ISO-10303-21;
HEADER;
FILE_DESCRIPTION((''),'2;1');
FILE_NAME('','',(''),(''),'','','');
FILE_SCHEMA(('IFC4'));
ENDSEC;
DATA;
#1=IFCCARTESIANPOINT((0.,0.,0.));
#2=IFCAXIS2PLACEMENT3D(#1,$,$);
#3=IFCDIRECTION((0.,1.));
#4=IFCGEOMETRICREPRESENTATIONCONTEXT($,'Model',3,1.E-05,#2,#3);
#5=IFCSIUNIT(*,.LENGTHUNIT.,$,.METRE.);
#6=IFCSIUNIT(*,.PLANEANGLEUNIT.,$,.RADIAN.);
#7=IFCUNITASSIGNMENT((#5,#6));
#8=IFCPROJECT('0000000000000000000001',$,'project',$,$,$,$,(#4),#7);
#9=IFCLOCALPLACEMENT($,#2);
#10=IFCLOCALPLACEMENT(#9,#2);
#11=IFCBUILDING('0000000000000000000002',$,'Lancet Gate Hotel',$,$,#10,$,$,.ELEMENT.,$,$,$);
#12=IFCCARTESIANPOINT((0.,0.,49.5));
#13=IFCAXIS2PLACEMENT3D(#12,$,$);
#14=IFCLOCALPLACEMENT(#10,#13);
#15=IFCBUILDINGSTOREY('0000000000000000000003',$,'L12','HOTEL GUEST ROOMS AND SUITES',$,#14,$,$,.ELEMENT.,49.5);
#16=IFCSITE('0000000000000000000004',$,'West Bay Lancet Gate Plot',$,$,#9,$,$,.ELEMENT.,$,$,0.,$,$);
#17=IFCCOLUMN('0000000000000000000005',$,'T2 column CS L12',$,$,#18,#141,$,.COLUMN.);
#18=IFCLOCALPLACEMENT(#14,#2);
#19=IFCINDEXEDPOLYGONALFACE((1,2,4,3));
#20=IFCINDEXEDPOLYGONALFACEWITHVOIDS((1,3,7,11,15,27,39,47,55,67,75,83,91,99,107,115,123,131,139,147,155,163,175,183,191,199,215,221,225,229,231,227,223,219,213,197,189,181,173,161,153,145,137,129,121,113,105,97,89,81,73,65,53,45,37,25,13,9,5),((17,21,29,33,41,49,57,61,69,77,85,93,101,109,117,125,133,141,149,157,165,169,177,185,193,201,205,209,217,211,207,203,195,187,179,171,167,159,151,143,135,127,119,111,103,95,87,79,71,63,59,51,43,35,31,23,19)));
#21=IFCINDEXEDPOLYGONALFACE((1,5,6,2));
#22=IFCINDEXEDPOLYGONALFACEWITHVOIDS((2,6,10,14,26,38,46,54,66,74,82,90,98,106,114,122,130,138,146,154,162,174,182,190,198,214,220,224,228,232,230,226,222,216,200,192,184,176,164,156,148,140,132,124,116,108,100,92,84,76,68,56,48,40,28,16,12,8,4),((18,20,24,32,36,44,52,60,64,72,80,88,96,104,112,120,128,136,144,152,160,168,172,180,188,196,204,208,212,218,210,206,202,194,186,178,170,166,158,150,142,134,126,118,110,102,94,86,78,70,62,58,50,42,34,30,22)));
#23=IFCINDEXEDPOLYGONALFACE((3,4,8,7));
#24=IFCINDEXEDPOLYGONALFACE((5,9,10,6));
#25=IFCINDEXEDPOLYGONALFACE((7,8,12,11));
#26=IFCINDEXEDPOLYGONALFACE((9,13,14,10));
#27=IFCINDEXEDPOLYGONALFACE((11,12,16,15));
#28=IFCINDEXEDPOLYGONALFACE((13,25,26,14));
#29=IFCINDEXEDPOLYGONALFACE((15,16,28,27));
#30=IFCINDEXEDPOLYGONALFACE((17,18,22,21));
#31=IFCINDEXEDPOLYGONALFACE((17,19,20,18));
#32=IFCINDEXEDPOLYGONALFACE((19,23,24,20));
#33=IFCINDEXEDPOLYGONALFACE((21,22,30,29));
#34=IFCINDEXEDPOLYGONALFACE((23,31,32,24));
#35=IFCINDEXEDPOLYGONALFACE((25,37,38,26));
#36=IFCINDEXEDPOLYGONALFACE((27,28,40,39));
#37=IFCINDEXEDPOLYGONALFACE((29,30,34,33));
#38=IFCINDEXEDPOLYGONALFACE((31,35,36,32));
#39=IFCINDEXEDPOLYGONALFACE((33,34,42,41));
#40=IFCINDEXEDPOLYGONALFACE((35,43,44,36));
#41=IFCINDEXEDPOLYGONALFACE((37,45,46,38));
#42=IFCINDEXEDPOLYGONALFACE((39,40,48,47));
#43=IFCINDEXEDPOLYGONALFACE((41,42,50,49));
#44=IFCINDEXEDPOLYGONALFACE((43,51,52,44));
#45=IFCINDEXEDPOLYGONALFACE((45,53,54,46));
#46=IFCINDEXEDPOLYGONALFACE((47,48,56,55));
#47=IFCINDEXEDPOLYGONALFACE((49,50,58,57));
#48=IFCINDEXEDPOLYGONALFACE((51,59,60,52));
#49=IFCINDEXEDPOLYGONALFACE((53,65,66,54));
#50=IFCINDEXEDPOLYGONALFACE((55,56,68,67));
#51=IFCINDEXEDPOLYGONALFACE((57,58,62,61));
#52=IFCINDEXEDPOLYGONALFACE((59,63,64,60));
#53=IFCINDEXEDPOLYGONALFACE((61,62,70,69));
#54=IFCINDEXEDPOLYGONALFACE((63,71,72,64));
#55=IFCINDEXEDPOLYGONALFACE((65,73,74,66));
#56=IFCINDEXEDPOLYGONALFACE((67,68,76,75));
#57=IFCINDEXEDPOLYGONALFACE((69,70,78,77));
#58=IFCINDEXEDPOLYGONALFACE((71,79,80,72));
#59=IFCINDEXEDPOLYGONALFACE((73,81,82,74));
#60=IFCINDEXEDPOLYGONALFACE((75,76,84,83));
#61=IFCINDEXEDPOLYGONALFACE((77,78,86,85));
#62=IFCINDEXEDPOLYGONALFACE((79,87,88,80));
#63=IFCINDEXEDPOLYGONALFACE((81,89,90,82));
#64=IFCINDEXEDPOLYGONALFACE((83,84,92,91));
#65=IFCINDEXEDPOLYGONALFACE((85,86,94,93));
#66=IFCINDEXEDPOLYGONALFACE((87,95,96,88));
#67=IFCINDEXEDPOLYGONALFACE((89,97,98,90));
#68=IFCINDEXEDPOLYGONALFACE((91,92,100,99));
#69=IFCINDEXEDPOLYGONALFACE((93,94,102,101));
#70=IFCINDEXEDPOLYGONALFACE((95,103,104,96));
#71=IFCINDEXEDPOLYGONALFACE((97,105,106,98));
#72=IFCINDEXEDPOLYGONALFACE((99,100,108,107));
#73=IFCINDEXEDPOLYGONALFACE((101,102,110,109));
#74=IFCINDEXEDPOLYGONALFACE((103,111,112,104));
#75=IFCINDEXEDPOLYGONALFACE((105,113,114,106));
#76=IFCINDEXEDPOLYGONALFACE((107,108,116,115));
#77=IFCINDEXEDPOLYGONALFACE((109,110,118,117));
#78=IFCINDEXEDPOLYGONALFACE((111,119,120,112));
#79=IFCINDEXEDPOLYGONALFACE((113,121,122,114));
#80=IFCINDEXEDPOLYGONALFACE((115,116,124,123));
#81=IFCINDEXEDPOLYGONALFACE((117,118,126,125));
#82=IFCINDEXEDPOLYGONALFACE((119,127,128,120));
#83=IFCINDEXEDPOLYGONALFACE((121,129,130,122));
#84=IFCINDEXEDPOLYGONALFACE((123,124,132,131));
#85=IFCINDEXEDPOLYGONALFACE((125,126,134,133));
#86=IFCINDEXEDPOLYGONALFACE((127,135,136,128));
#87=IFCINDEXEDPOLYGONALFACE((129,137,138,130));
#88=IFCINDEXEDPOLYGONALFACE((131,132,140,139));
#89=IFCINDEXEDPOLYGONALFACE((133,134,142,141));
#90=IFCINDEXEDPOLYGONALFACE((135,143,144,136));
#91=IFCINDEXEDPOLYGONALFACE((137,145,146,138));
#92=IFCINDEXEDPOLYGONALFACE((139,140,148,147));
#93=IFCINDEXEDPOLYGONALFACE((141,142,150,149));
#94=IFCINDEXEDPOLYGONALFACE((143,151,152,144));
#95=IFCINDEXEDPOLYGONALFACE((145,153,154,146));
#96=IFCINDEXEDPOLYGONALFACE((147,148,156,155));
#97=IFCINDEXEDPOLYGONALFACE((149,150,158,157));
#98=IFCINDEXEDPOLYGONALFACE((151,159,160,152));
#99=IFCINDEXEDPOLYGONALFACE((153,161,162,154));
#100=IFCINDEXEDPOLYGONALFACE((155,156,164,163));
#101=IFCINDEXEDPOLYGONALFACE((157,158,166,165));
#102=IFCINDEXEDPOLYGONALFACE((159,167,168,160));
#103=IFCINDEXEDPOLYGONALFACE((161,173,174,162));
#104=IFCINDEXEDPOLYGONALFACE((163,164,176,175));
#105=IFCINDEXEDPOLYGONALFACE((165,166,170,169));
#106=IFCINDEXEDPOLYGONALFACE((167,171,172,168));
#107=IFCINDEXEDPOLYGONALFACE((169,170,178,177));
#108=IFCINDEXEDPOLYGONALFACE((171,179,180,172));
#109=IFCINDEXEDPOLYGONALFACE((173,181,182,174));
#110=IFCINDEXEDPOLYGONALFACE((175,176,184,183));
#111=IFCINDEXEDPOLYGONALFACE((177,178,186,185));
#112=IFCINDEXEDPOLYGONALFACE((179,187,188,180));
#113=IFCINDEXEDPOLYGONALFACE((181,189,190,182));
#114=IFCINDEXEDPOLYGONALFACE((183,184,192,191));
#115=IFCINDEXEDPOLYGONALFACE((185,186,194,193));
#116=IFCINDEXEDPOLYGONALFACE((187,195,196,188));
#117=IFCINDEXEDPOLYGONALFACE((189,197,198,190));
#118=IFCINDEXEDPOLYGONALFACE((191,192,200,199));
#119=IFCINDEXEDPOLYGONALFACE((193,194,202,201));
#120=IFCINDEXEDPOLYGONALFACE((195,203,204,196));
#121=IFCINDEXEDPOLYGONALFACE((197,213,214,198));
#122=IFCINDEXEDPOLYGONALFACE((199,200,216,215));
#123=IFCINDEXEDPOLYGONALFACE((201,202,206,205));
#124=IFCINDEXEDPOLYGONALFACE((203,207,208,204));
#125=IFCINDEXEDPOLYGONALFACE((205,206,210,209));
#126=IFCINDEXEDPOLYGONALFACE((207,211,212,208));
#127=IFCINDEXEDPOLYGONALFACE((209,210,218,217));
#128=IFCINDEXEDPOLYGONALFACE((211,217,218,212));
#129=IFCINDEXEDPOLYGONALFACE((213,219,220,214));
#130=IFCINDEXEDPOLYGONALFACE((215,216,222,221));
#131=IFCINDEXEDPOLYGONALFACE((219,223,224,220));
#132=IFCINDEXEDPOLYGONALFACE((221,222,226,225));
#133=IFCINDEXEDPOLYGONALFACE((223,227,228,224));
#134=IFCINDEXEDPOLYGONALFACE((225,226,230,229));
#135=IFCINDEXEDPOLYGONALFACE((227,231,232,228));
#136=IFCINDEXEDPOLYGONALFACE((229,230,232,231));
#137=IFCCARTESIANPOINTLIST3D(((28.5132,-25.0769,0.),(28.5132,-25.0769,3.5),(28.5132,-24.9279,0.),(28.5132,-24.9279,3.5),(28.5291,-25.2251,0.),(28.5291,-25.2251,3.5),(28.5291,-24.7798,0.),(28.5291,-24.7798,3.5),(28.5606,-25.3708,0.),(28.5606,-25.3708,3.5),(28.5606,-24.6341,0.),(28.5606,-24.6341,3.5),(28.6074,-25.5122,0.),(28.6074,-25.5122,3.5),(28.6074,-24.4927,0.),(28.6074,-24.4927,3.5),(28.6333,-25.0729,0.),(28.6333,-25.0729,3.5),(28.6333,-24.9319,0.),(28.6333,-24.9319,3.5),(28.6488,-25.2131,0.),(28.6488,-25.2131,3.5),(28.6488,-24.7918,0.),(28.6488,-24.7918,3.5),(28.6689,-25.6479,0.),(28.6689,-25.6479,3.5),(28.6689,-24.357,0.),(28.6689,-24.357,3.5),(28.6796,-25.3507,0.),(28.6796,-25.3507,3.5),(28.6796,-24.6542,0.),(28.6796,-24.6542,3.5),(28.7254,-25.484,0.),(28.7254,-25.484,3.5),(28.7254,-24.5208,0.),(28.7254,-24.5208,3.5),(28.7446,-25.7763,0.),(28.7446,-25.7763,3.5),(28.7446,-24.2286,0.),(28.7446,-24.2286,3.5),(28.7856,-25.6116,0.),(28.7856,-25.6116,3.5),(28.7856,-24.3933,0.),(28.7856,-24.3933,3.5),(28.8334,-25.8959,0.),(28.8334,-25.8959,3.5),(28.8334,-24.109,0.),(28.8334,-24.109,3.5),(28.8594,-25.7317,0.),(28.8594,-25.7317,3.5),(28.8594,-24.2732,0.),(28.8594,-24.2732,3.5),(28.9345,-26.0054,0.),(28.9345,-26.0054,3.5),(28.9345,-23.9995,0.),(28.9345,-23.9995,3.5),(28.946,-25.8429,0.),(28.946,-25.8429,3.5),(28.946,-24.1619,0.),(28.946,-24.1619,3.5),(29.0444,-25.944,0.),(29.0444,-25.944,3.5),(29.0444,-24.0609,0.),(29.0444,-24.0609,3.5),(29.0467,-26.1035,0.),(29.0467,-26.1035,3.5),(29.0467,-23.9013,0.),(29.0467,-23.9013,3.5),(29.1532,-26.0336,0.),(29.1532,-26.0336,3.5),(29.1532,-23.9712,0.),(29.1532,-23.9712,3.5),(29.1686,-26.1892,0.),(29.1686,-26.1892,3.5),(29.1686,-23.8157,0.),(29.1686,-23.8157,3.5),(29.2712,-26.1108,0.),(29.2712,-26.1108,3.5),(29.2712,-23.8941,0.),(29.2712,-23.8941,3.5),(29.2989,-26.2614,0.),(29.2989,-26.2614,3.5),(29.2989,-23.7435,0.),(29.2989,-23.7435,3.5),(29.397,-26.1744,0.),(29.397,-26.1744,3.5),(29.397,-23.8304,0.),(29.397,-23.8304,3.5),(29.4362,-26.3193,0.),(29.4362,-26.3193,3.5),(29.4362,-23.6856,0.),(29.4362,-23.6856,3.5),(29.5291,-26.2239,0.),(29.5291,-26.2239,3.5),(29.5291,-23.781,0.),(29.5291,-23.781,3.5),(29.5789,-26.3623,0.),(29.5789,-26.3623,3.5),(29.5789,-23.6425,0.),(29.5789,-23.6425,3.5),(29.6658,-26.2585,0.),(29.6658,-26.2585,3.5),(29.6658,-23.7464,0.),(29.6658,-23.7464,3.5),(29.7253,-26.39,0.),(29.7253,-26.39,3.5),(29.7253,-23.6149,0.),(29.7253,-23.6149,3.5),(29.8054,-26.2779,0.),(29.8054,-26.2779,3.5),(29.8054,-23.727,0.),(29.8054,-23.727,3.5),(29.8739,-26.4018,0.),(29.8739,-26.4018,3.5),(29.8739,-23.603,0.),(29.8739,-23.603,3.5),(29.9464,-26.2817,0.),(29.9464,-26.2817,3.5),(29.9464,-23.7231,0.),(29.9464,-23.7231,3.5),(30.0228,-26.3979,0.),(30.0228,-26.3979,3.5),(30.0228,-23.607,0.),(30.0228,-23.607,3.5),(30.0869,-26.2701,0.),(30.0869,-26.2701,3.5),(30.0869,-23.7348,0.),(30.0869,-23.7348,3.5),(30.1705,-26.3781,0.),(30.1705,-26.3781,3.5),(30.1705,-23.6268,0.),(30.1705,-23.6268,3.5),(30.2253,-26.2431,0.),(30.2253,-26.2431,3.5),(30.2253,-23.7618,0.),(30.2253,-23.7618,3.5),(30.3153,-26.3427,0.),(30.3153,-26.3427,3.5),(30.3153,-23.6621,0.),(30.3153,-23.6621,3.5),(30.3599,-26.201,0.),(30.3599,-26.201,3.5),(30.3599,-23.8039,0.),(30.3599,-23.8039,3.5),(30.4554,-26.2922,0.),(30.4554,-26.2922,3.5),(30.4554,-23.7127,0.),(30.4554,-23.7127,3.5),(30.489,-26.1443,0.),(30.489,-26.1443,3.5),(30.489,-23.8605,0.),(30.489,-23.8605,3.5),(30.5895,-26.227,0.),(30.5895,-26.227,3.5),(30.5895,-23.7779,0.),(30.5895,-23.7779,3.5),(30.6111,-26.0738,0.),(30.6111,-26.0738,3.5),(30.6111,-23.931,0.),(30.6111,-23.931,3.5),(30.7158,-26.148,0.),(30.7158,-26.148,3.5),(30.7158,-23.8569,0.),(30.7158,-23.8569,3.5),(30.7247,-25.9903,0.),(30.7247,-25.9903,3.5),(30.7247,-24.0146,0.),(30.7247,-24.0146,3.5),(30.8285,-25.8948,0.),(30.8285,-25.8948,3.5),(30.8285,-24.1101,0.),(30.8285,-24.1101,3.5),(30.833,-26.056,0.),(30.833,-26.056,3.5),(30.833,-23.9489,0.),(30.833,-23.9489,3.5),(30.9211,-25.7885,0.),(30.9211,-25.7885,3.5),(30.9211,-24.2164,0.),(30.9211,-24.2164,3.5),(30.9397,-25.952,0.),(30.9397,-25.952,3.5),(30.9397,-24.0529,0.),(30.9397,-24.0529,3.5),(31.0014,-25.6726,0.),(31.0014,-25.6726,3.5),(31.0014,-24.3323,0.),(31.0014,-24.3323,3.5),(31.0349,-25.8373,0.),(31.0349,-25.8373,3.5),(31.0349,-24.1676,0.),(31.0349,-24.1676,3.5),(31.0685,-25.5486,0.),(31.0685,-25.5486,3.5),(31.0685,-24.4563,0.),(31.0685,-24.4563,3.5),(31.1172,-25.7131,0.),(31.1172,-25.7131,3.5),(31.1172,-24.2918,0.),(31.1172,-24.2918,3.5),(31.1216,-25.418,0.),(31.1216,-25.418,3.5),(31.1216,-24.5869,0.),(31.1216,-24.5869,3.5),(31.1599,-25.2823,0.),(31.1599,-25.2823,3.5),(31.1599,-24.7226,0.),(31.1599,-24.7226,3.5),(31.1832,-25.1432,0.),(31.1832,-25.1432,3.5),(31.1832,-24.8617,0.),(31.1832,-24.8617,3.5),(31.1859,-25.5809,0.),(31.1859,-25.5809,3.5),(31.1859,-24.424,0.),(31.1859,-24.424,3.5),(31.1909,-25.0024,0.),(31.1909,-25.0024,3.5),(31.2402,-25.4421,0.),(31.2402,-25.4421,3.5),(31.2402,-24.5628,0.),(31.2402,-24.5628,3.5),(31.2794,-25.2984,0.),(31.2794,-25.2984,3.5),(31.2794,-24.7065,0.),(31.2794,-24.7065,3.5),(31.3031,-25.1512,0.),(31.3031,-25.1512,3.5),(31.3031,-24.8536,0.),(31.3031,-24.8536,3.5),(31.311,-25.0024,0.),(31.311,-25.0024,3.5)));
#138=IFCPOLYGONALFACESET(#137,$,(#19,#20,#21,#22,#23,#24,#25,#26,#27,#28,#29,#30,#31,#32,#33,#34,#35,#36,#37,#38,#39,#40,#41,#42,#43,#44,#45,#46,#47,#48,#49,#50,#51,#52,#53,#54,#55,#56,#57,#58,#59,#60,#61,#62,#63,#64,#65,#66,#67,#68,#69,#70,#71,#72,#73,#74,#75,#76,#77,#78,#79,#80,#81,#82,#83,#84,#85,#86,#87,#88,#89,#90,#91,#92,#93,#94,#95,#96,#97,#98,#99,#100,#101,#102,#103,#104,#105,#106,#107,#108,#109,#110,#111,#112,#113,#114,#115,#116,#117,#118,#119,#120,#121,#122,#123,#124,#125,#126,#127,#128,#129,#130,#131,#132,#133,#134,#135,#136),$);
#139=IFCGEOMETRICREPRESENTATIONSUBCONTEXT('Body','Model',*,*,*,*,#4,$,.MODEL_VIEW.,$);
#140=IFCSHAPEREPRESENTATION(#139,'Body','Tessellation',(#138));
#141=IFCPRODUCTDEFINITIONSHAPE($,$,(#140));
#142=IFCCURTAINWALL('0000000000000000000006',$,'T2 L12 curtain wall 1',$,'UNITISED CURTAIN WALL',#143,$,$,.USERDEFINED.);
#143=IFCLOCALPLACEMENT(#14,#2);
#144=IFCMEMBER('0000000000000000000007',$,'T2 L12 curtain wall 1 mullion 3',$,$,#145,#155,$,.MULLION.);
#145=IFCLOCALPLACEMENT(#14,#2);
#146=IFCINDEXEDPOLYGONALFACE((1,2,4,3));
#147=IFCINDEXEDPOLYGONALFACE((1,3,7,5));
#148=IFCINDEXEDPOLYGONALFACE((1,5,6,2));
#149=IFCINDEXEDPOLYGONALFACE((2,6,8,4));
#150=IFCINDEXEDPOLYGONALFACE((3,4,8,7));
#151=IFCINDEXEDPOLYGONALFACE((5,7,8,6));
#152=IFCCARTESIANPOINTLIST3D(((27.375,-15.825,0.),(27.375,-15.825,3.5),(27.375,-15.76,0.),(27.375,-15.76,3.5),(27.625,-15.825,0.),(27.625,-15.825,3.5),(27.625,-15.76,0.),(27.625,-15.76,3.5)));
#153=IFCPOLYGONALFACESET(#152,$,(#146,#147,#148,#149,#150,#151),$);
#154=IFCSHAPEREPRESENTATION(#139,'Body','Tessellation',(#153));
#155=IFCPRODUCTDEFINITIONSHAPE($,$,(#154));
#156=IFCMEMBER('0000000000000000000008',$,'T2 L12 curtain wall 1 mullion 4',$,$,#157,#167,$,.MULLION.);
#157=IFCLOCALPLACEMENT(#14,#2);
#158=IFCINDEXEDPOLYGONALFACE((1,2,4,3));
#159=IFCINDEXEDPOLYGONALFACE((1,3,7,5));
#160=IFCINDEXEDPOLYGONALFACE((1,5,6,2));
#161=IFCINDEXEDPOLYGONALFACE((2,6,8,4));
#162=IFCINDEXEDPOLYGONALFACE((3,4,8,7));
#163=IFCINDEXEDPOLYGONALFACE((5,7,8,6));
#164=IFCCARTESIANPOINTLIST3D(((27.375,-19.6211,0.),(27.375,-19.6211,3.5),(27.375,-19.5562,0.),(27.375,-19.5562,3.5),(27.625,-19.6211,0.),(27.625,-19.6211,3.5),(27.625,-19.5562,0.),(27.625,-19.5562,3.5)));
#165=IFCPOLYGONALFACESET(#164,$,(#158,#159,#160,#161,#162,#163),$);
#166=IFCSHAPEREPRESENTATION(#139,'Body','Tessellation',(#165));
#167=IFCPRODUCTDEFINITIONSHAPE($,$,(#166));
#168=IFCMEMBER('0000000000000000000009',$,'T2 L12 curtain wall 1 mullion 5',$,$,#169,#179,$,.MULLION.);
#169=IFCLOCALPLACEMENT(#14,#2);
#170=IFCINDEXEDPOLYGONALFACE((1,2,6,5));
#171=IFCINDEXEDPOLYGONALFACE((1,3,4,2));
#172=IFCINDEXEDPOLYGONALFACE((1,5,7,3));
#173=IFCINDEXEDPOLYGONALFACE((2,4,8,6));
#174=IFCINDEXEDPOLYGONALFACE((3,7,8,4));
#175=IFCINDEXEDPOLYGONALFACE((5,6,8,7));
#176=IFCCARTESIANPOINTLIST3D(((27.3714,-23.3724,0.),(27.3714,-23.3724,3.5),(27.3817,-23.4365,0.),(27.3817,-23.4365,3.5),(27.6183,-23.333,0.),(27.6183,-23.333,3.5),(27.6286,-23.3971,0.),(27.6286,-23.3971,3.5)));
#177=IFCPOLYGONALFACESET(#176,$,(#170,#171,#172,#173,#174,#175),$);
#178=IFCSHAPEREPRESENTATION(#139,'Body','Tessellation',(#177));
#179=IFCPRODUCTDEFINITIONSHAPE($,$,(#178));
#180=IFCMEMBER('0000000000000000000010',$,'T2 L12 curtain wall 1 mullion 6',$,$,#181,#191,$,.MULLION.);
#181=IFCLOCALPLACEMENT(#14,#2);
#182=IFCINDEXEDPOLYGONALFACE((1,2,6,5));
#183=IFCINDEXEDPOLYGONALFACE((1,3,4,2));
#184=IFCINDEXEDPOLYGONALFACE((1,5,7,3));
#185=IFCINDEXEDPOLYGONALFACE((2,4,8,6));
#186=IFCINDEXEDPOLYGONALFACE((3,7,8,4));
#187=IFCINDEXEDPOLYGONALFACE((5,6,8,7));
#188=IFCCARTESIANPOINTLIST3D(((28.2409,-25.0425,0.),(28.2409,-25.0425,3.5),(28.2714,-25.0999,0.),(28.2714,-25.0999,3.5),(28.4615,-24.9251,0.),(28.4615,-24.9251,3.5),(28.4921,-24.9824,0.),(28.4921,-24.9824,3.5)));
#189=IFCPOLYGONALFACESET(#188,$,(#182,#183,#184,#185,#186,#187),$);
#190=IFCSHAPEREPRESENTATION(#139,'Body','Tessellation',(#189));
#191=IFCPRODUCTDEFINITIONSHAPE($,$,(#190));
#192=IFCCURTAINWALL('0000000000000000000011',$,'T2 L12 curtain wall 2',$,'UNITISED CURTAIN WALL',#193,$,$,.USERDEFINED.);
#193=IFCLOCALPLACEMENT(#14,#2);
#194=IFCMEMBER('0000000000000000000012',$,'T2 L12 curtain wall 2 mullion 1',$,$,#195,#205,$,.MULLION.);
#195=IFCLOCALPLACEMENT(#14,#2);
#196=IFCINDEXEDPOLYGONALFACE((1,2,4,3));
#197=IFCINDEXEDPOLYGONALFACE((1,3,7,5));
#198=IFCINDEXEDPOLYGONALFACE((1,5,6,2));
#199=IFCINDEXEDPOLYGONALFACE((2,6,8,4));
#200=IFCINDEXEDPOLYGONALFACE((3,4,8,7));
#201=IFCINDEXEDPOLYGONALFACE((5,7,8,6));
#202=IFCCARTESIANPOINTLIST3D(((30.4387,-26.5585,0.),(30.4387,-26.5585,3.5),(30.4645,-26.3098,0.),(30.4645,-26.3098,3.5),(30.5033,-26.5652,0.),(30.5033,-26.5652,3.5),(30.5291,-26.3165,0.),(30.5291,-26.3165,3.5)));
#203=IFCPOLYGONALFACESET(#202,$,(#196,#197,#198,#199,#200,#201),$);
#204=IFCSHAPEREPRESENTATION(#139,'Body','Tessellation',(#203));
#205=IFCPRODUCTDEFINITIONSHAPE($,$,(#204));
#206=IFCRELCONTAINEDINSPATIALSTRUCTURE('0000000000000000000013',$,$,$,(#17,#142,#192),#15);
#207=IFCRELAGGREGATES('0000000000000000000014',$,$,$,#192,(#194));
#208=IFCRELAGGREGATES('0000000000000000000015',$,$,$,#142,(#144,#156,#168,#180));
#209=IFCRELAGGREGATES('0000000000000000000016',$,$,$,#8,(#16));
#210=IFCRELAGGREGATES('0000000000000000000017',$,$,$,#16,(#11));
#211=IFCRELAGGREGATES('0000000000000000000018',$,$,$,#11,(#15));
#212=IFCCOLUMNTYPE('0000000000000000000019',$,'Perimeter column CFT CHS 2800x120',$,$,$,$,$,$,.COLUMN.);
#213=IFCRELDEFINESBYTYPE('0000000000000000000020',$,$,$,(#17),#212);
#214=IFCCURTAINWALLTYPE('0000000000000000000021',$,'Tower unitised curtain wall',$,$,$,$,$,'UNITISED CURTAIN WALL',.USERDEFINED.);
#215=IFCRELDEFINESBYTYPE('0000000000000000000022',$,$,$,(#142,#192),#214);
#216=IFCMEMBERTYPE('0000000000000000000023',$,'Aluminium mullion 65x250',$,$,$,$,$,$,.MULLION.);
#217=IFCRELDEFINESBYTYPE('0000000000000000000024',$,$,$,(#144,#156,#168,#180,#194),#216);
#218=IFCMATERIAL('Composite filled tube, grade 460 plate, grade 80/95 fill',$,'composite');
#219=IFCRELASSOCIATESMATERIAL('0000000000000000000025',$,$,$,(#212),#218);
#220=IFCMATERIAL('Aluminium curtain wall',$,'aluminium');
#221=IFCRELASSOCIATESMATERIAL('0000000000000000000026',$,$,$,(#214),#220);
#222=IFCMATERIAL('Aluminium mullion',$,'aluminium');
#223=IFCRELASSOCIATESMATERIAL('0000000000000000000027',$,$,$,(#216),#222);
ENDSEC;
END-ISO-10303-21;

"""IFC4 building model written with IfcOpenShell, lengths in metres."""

from ifc_helpers import new_model, si_unit, direction, frame, origin, origin_2d, place, context, subcontext, project, spatial, rectangle, hollow_circle, extrude, material, material_profile, profile_set, type_object, element, aggregate, save


model = new_model("IFC4")

# Units and contexts
model_context = context("Model", 3, precision=1e-05, world=origin(), true_north=direction((0.0, 1.0)))
body_context = subcontext(model_context, "Body", "Model", "MODEL_VIEW")
ifc_project = project(units=[si_unit("LENGTHUNIT", "METRE"), si_unit("PLANEANGLEUNIT", "RADIAN")], contexts=[model_context])

# Site, building, storey
site_placement = place(None, origin())
site = spatial("IfcSite", under=ifc_project, at=site_placement, Name="West Bay Lancet Gate Plot", CompositionType="ELEMENT", RefElevation=0.0)
building_placement = place(site_placement, origin())
building = spatial("IfcBuilding", under=site, at=building_placement, Name="Lancet Gate Hotel", CompositionType="ELEMENT")
storey_placement = place(building_placement, frame((0.0, 0.0, 49.5)))
storey = spatial("IfcBuildingStorey", under=building, at=storey_placement, Name="L12", Description="HOTEL GUEST ROOMS AND SUITES", CompositionType="ELEMENT", Elevation=49.5)

# Column
ifc_material_1 = material(Name="Composite filled tube, grade 460 plate, grade 80/95 fill", Category="composite")
ifc_material_profile_1 = material_profile(ifc_material_1, hollow_circle(Radius=1.3999, WallThickness=0.1201, at=origin_2d()), Name="CHS 2800x120")
ifc_profile_set_1 = profile_set([ifc_material_profile_1], Name="Composite filled tube, grade 460 plate, grade 80/95 fill")
column_type = type_object("IfcColumnType", Name="Perimeter column CFT CHS 2800x120", PredefinedType="COLUMN", material=ifc_profile_set_1)
column_placement = place(storey_placement, frame((29.9111, -25.0024, 0.0), z_axis=(0.0, 0.0, 1.0), x_axis=(1.0, 0.0, 0.0)))
element("IfcColumn", 1, at=column_placement, inside=storey, type_object=column_type, Name="T2 column CS L12", PredefinedType="COLUMN", context=body_context, shape_type="SweptSolid", body=[
    extrude(hollow_circle(Radius=1.3999, WallThickness=0.1201, at=origin_2d()), origin(), (0.0, 0.0, 1.0), 3.5),
])

# Curtain wall, members
ifc_material_2 = material(Name="Aluminium curtain wall", Category="aluminium")
curtain_wall_type = type_object("IfcCurtainWallType", Name="Tower unitised curtain wall", ElementType="UNITISED CURTAIN WALL", PredefinedType="USERDEFINED", material=ifc_material_2)
curtain_wall_1_placement = place(storey_placement, origin())
curtain_wall_1 = element("IfcCurtainWall", 2, at=curtain_wall_1_placement, inside=storey, type_object=curtain_wall_type, Name="T2 L12 curtain wall 1", ObjectType="UNITISED CURTAIN WALL", PredefinedType="USERDEFINED")
ifc_material_3 = material(Name="Aluminium mullion", Category="aluminium")
ifc_material_profile_2 = material_profile(ifc_material_3, rectangle(XDim=0.0649, YDim=0.25, at=origin_2d()), Name="MULLION 65x250")
ifc_profile_set_2 = profile_set([ifc_material_profile_2], Name="Aluminium mullion")
member_type_1 = type_object("IfcMemberType", Name="Aluminium mullion 65x250", PredefinedType="MULLION", material=ifc_profile_set_2)
member_1_placement = place(storey_placement, frame((27.5, -15.7925, 0.0), z_axis=(0.0, 0.0, 1.0), x_axis=(0.0, -1.0, 0.0)))
member_1 = element("IfcMember", 3, at=member_1_placement, type_object=member_type_1, Name="T2 L12 curtain wall 1 mullion 3", PredefinedType="MULLION", context=body_context, shape_type="SweptSolid", body=[
    extrude(rectangle(XDim=0.0649, YDim=0.25, at=origin_2d()), origin(), (0.0, 0.0, 1.0), 3.5),
])
member_2_placement = place(storey_placement, frame((27.5, -19.5886, 0.0), z_axis=(0.0, 0.0, 1.0), x_axis=(0.0, -1.0, 0.0)))
member_2 = element("IfcMember", 4, at=member_2_placement, type_object=member_type_1, Name="T2 L12 curtain wall 1 mullion 4", PredefinedType="MULLION", context=body_context, shape_type="SweptSolid", body=[
    extrude(rectangle(XDim=0.0649, YDim=0.25, at=origin_2d()), origin(), (0.0, 0.0, 1.0), 3.5),
])
member_3_placement = place(storey_placement, frame((27.5, -23.3848, 0.0), z_axis=(0.0, 0.0, 1.0), x_axis=(0.157752, -0.987479, 0.0)))
member_3 = element("IfcMember", 5, at=member_3_placement, type_object=member_type_1, Name="T2 L12 curtain wall 1 mullion 5", PredefinedType="MULLION", context=body_context, shape_type="SweptSolid", body=[
    extrude(rectangle(XDim=0.0649, YDim=0.25, at=origin_2d()), origin(), (0.0, 0.0, 1.0), 3.5),
])
member_4_placement = place(storey_placement, frame((28.3665, -25.0125, 0.0), z_axis=(0.0, 0.0, 1.0), x_axis=(0.469898, -0.882721, 0.0)))
member_4 = element("IfcMember", 6, at=member_4_placement, type_object=member_type_1, Name="T2 L12 curtain wall 1 mullion 6", PredefinedType="MULLION", context=body_context, shape_type="SweptSolid", body=[
    extrude(rectangle(XDim=0.0649, YDim=0.25, at=origin_2d()), origin(), (0.0, 0.0, 1.0), 3.5),
])

# Curtain wall, member
curtain_wall_2_placement = place(storey_placement, origin())
curtain_wall_2 = element("IfcCurtainWall", 7, at=curtain_wall_2_placement, inside=storey, type_object=curtain_wall_type, Name="T2 L12 curtain wall 2", ObjectType="UNITISED CURTAIN WALL", PredefinedType="USERDEFINED")
member_5_placement = place(storey_placement, frame((30.4839, -26.4375, 0.0), z_axis=(0.0, 0.0, 1.0), x_axis=(0.994672, -0.103088, 0.0)))
member_5 = element("IfcMember", 8, at=member_5_placement, type_object=member_type_1, Name="T2 L12 curtain wall 2 mullion 1", PredefinedType="MULLION", context=body_context, shape_type="SweptSolid", body=[
    extrude(rectangle(XDim=0.0649, YDim=0.25, at=origin_2d()), origin(), (0.0, 0.0, 1.0), 3.5),
])

aggregate(curtain_wall_2, [member_5])

aggregate(curtain_wall_1, [member_1, member_2, member_3, member_4])

save(model, "model.ifc")
